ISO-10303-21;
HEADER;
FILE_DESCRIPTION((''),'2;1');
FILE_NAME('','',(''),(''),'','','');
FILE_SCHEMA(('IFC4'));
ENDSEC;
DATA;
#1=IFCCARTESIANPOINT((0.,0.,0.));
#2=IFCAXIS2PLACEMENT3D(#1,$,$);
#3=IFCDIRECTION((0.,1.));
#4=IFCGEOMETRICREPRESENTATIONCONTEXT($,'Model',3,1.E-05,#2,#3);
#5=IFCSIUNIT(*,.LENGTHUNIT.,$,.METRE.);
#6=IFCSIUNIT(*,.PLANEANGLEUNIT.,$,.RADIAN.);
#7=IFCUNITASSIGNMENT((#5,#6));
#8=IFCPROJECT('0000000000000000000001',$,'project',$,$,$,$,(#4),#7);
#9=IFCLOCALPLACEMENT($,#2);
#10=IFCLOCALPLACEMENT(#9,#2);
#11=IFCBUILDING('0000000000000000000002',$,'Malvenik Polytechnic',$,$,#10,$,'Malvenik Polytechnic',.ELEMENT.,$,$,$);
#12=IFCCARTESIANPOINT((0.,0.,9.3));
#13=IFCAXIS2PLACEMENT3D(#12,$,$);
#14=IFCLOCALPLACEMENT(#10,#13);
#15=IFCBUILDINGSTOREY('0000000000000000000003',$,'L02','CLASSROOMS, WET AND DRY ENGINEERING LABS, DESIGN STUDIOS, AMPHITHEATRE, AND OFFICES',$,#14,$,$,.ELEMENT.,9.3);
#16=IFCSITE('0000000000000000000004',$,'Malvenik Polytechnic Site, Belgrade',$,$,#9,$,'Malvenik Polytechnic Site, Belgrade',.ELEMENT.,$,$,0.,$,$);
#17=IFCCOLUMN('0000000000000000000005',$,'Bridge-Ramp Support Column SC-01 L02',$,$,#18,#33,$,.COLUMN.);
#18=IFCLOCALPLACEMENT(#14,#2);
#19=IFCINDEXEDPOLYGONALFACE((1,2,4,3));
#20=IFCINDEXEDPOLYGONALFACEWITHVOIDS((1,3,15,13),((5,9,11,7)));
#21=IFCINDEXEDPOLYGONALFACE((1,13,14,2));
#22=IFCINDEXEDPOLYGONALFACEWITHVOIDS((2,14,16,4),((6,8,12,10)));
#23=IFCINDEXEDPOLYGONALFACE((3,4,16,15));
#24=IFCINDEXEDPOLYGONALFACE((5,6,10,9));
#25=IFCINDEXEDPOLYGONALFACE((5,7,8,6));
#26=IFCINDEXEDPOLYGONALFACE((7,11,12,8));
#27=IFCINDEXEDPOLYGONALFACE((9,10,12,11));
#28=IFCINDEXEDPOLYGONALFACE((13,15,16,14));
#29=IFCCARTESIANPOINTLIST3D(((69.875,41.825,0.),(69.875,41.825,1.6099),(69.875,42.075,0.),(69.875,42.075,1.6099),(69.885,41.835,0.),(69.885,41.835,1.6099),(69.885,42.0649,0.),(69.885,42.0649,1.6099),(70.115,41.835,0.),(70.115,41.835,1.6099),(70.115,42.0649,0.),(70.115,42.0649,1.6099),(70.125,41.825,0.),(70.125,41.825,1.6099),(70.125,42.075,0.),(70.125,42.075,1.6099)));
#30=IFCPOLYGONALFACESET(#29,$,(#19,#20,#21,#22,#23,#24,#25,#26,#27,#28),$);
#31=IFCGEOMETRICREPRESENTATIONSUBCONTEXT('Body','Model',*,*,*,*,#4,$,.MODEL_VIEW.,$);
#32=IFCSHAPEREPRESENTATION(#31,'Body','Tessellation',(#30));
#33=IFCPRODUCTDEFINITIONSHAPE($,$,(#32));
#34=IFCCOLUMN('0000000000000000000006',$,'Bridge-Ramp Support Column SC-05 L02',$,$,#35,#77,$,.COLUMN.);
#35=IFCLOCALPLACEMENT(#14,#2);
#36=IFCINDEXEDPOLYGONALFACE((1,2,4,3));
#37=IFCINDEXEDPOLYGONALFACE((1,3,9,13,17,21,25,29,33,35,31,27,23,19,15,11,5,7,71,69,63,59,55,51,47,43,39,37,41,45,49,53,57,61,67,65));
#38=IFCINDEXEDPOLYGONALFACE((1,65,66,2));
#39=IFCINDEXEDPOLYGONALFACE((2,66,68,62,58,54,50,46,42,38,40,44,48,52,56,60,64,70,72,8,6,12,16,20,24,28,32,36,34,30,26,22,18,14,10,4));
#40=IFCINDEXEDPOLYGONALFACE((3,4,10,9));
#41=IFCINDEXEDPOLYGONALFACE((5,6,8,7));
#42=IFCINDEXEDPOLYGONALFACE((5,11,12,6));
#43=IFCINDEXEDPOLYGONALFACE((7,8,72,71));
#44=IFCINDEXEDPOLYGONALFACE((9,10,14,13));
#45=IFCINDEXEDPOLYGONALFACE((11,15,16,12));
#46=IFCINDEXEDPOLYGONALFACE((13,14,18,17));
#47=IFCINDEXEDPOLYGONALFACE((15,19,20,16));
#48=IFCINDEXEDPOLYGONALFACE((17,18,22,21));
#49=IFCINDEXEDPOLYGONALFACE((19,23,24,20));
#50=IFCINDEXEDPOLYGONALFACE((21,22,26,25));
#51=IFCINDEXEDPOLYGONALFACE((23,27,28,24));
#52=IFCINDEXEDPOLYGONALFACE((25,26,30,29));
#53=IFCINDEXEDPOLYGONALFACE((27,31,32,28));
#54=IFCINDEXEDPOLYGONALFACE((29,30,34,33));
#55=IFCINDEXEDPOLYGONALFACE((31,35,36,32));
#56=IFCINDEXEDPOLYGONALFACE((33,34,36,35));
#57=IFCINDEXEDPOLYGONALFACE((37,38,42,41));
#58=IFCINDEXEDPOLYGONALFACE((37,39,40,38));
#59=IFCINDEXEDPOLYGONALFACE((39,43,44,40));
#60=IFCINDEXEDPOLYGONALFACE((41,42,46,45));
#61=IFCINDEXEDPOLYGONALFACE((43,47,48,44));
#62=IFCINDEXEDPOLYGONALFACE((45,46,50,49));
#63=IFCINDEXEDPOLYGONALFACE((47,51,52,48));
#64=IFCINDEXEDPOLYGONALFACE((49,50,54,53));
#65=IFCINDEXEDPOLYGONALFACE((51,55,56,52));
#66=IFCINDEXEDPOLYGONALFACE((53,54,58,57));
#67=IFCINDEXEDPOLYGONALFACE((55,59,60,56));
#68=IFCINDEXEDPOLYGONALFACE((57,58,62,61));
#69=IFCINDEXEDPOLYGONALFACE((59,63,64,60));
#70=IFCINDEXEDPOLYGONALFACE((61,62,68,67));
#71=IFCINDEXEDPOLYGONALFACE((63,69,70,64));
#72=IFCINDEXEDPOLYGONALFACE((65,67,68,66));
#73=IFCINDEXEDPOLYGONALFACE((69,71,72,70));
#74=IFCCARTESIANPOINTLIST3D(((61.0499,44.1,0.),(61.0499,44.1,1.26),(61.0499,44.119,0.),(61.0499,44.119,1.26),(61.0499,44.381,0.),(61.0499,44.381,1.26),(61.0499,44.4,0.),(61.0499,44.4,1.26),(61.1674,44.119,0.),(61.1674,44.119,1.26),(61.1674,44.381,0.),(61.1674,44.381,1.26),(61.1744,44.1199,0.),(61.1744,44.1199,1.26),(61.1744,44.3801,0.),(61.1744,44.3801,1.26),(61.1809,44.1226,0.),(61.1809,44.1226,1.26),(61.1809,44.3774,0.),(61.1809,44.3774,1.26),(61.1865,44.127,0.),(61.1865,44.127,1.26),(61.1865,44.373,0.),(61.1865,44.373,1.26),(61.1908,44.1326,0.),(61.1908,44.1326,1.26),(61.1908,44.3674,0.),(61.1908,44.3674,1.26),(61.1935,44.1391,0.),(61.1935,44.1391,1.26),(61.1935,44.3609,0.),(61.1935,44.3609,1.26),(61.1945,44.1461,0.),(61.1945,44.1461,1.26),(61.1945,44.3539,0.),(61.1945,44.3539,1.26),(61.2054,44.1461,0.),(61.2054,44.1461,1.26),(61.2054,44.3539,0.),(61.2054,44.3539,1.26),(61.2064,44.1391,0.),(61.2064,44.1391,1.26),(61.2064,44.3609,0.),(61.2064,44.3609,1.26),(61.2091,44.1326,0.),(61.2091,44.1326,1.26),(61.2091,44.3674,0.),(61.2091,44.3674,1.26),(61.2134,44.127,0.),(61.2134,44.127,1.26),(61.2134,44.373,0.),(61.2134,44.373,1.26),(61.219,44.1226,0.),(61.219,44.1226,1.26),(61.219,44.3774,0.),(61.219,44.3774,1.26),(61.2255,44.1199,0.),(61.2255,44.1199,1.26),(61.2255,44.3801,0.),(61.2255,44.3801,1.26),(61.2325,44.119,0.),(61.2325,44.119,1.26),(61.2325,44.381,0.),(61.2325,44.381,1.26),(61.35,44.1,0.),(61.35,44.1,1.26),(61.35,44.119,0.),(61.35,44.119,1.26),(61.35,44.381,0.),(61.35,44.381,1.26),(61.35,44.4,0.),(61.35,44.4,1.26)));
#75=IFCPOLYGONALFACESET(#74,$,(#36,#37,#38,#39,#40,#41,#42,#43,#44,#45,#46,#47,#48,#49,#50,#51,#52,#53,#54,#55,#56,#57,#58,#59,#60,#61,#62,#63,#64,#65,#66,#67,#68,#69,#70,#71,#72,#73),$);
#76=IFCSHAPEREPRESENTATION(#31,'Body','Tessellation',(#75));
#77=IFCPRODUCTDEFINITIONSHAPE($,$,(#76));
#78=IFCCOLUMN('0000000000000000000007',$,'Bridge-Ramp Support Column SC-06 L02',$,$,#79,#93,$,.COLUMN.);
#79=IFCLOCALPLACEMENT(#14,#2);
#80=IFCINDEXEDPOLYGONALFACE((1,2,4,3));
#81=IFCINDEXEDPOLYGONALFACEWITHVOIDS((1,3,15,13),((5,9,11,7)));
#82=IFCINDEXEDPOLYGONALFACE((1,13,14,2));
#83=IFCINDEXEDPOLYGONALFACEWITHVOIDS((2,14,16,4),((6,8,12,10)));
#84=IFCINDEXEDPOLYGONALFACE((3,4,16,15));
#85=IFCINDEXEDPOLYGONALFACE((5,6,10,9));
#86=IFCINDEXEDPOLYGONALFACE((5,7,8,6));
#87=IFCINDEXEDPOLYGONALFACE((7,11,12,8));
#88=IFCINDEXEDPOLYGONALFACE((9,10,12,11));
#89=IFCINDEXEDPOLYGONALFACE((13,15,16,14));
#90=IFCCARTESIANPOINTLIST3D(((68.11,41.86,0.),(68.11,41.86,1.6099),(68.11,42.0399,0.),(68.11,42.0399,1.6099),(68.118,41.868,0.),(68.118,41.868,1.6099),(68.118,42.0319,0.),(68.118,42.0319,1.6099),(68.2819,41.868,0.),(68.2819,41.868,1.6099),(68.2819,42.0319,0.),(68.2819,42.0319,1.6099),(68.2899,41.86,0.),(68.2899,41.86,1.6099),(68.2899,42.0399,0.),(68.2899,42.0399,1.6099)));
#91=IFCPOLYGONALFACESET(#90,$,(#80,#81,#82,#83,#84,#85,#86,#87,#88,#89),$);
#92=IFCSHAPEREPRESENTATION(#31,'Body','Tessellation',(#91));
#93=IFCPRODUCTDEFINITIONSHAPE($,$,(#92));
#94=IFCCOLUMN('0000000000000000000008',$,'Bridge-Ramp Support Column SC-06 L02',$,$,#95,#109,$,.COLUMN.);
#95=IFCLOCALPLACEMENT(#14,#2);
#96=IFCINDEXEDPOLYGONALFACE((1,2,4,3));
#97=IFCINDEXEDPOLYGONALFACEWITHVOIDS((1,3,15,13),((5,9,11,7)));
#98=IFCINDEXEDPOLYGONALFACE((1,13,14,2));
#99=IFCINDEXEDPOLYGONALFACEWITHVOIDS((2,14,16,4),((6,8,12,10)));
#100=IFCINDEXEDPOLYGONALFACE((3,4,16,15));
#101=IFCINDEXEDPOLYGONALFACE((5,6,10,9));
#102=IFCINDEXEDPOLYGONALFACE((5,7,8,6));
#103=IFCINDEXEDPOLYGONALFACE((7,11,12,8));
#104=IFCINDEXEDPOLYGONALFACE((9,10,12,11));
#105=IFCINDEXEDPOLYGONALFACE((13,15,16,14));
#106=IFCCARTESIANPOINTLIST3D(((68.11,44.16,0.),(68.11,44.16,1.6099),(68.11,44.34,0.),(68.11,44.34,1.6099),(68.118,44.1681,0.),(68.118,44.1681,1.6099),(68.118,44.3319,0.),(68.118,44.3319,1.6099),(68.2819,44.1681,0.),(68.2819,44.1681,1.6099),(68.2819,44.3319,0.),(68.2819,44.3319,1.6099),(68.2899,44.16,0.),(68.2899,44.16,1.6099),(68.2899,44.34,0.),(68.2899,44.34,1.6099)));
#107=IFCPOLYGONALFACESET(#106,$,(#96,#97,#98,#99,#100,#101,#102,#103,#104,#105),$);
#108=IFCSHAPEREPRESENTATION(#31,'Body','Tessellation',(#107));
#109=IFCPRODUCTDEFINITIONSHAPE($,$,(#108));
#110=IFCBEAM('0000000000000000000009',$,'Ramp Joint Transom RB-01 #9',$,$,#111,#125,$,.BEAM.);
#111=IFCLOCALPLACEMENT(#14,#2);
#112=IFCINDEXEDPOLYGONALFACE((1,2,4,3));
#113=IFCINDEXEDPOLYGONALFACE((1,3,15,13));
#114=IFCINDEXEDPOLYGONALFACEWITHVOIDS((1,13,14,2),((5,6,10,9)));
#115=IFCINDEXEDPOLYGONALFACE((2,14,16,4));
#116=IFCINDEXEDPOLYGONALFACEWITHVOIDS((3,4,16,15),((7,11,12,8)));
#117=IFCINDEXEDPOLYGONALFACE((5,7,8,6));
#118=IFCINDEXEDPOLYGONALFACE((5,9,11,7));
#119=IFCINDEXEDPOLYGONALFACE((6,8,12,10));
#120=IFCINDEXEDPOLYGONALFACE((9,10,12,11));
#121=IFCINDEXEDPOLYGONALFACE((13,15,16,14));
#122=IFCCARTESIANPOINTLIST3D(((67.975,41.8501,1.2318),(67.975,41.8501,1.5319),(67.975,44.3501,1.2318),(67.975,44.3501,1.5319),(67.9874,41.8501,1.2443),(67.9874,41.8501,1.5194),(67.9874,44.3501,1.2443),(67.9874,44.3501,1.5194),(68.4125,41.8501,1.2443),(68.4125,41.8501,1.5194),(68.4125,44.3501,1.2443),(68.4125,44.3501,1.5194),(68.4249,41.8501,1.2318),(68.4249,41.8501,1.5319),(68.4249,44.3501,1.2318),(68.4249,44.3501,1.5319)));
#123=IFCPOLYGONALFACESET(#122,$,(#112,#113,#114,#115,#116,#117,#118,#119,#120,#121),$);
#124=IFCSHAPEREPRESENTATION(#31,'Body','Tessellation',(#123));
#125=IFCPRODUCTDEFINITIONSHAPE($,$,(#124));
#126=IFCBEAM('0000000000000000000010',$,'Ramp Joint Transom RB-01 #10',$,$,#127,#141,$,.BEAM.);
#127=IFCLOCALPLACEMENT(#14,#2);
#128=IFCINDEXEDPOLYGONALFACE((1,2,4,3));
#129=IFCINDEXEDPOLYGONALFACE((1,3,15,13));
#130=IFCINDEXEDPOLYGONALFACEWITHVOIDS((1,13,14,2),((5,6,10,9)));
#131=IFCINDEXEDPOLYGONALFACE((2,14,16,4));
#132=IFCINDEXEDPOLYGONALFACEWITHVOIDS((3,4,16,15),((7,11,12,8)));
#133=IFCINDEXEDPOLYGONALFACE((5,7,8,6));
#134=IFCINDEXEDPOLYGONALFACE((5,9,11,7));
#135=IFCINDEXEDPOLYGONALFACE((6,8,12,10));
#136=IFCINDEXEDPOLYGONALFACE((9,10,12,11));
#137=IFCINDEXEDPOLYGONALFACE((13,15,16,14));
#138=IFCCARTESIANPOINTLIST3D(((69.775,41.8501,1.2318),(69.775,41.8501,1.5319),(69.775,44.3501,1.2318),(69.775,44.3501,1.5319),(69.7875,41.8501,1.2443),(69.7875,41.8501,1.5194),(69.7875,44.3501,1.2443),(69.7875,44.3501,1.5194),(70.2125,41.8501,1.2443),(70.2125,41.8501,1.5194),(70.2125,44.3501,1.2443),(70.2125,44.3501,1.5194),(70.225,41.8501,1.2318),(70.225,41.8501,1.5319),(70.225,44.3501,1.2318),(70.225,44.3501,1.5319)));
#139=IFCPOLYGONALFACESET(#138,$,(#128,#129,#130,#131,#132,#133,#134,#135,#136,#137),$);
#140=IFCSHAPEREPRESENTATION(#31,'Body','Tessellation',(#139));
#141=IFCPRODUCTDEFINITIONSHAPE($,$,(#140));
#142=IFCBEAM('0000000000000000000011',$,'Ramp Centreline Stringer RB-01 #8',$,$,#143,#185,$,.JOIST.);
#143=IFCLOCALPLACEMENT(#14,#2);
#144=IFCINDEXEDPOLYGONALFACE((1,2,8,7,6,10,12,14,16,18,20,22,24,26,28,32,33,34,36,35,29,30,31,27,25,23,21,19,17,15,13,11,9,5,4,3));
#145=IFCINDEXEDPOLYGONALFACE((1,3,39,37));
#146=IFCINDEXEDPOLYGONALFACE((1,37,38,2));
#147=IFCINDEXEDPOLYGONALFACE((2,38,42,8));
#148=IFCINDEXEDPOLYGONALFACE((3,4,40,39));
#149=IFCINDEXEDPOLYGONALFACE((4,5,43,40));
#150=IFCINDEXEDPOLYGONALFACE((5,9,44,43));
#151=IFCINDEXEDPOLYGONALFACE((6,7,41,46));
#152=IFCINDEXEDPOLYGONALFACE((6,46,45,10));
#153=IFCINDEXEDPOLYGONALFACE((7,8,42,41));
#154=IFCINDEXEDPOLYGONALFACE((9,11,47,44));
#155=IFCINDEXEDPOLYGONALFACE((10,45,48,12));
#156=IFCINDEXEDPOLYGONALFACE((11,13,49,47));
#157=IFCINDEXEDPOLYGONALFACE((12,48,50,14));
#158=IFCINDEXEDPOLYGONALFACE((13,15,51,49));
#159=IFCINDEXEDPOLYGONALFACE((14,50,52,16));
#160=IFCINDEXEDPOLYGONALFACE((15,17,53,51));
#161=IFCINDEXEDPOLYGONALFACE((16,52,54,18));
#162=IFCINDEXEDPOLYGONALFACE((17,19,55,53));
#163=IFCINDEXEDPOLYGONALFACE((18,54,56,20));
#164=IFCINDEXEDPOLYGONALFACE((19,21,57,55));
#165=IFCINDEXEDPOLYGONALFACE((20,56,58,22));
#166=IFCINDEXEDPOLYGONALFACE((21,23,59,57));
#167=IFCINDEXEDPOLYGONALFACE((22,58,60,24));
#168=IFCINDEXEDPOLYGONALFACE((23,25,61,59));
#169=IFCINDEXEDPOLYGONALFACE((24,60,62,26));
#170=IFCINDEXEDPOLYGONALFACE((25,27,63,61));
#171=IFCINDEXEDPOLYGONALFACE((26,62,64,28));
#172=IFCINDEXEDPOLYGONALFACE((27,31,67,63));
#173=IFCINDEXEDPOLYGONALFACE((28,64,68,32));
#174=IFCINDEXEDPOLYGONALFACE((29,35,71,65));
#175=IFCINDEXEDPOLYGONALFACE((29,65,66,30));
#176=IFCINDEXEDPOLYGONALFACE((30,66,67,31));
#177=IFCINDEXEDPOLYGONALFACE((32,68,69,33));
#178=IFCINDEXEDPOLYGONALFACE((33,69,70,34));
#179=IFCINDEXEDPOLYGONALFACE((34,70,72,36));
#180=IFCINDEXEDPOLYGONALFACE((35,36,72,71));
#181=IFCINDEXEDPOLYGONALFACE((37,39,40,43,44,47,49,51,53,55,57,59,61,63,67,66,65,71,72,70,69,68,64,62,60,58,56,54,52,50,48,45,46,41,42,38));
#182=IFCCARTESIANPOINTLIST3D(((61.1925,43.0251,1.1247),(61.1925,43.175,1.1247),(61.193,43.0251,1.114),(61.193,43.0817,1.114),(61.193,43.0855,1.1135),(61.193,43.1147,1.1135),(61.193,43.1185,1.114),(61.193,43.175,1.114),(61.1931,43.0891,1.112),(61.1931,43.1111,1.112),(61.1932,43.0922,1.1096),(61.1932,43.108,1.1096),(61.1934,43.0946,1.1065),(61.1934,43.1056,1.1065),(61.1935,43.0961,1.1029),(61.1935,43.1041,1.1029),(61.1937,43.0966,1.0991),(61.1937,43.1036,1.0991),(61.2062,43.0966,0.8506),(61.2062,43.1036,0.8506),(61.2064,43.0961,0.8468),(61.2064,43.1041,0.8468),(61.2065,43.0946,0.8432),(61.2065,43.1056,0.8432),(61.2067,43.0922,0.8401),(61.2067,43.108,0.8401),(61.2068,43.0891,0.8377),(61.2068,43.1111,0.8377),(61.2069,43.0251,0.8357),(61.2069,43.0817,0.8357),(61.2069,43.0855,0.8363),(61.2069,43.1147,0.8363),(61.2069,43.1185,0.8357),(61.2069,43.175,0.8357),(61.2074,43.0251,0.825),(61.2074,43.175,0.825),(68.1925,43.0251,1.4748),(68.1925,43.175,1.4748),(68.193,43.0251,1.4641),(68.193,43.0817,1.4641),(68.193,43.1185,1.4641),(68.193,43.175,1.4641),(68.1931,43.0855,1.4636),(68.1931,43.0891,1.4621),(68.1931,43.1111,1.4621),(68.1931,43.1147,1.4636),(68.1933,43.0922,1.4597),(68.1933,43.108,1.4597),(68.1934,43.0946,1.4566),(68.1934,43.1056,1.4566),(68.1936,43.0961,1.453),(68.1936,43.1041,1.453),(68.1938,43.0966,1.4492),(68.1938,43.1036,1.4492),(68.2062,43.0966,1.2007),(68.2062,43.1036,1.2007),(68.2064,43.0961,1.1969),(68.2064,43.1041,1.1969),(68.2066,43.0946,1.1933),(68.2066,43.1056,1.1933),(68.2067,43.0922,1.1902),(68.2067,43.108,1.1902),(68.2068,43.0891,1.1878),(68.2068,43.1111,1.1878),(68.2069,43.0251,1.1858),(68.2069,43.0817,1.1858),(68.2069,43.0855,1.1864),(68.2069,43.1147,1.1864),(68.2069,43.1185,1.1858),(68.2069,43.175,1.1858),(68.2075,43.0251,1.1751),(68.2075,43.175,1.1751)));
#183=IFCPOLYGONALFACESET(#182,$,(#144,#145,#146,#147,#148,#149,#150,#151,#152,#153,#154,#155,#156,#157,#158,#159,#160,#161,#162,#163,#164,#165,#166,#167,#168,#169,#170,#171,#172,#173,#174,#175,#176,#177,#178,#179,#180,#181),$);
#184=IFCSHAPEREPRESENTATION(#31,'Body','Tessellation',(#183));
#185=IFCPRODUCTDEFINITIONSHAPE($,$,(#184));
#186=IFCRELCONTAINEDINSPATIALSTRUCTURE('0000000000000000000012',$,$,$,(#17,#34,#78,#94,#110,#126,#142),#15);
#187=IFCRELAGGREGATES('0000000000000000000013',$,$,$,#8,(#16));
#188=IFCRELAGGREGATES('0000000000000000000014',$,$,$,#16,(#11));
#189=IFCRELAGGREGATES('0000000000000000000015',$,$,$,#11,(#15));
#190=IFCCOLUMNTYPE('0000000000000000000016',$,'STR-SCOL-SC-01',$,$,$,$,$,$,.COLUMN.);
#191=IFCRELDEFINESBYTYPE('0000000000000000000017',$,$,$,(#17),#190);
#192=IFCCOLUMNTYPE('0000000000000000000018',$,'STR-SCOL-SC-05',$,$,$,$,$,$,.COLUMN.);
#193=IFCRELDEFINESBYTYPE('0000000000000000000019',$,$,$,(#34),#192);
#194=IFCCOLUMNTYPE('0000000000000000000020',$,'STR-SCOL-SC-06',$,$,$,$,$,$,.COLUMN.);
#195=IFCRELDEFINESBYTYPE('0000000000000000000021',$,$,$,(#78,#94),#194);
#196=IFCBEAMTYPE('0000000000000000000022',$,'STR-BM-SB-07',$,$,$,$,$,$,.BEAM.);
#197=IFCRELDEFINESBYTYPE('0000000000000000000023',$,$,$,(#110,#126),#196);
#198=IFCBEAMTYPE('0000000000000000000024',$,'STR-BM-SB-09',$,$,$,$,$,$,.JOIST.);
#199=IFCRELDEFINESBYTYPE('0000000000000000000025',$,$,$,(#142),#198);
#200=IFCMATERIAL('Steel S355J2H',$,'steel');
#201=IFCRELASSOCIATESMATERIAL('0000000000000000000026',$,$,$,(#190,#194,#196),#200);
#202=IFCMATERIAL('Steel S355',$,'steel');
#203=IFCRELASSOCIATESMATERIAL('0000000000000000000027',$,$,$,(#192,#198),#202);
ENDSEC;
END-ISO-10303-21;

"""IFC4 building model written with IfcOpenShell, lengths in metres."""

from ifc_helpers import new_model, si_unit, direction, frame, origin, origin_2d, place, context, subcontext, project, spatial, hollow_rectangle, i_section, extrude, material, material_profile, profile_set, type_object, element, save


model = new_model("IFC4")

# Units and contexts
model_context = context("Model", 3, precision=1e-05, world=origin(), true_north=direction((0.0, 1.0)))
body_context = subcontext(model_context, "Body", "Model", "MODEL_VIEW")
ifc_project = project(units=[si_unit("LENGTHUNIT", "METRE"), si_unit("PLANEANGLEUNIT", "RADIAN")], contexts=[model_context])

# Site, building, storey
site_placement = place(None, origin())
site = spatial("IfcSite", under=ifc_project, at=site_placement, Name="Malvenik Polytechnic Site, Belgrade", LongName="Malvenik Polytechnic Site, Belgrade", CompositionType="ELEMENT", RefElevation=0.0)
building_placement = place(site_placement, origin())
building = spatial("IfcBuilding", under=site, at=building_placement, Name="Malvenik Polytechnic", LongName="Malvenik Polytechnic", CompositionType="ELEMENT")
storey_placement = place(building_placement, frame((0.0, 0.0, 9.3)))
storey = spatial("IfcBuildingStorey", under=building, at=storey_placement, Name="L02", Description="CLASSROOMS, WET AND DRY ENGINEERING LABS, DESIGN STUDIOS, AMPHITHEATRE, AND OFFICES", CompositionType="ELEMENT", Elevation=9.3)

# Columns
ifc_material_1 = material(Name="Steel S355J2H", Category="steel")
ifc_material_profile_1 = material_profile(ifc_material_1, hollow_rectangle(XDim=0.25, YDim=0.25, WallThickness=0.01, at=origin_2d()), Name="SHS 250x250x10.0")
ifc_profile_set_1 = profile_set([ifc_material_profile_1], Name="Steel S355J2H")
column_type_1 = type_object("IfcColumnType", Name="STR-SCOL-SC-01", PredefinedType="COLUMN", material=ifc_profile_set_1)
column_1_placement = place(storey_placement, frame((70.0, 41.95, 0.0), z_axis=(0.0, 0.0, 1.0), x_axis=(1.0, 0.0, 0.0)))
element("IfcColumn", 1, at=column_1_placement, inside=storey, type_object=column_type_1, Name="Bridge-Ramp Support Column SC-01 L02", PredefinedType="COLUMN", context=body_context, shape_type="SweptSolid", body=[
    extrude(hollow_rectangle(XDim=0.25, YDim=0.25, WallThickness=0.01, at=origin_2d()), origin(), (0.0, 0.0, 1.0), 1.6099),
])
ifc_material_2 = material(Name="Steel S355", Category="steel")
ifc_material_profile_2 = material_profile(ifc_material_2, i_section(OverallWidth=0.3, OverallDepth=0.3, WebThickness=0.011, FlangeThickness=0.019, FilletRadius=0.0271, at=origin_2d()), Name="HEB 300")
ifc_profile_set_2 = profile_set([ifc_material_profile_2], Name="Steel S355")
column_type_2 = type_object("IfcColumnType", Name="STR-SCOL-SC-05", PredefinedType="COLUMN", material=ifc_profile_set_2)
column_2_placement = place(storey_placement, frame((61.2, 44.25, 0.0), z_axis=(0.0, 0.0, 1.0), x_axis=(1.0, 0.0, 0.0)))
element("IfcColumn", 2, at=column_2_placement, inside=storey, type_object=column_type_2, Name="Bridge-Ramp Support Column SC-05 L02", PredefinedType="COLUMN", context=body_context, shape_type="SweptSolid", body=[
    extrude(i_section(OverallWidth=0.3, OverallDepth=0.3, WebThickness=0.011, FlangeThickness=0.019, FilletRadius=0.0271, at=origin_2d()), origin(), (0.0, 0.0, 1.0), 1.26),
])
ifc_material_profile_3 = material_profile(ifc_material_1, hollow_rectangle(XDim=0.1799, YDim=0.1799, WallThickness=0.0081, at=origin_2d()), Name="SHS 180x180x8.0")
ifc_profile_set_3 = profile_set([ifc_material_profile_3], Name="Steel S355J2H")
column_type_3 = type_object("IfcColumnType", Name="STR-SCOL-SC-06", PredefinedType="COLUMN", material=ifc_profile_set_3)
for number, where, z_axis, x_axis, name in (
    (3, (68.2, 41.95, 0.0), (0.0, 0.0, 1.0), (1.0, 0.0, 0.0), "Bridge-Ramp Support Column SC-06 L02"),
    (4, (68.2, 44.25, 0.0), (0.0, 0.0, 1.0), (1.0, 0.0, 0.0), "Bridge-Ramp Support Column SC-06 L02"),
):
    element("IfcColumn", number, at=place(storey_placement, frame(where, z_axis=z_axis, x_axis=x_axis)), inside=storey, type_object=column_type_3, Name=name, PredefinedType="COLUMN", context=body_context, shape_type="SweptSolid", body=[
        extrude(hollow_rectangle(XDim=0.1799, YDim=0.1799, WallThickness=0.0081, at=origin_2d()), origin(), (0.0, 0.0, 1.0), 1.6099),
    ])

# Beams
ifc_material_profile_4 = material_profile(ifc_material_1, hollow_rectangle(XDim=0.45, YDim=0.3, WallThickness=0.0125, at=origin_2d()), Name="RHS 450x300x12.5")
ifc_profile_set_4 = profile_set([ifc_material_profile_4], Name="Steel S355J2H")
beam_type_1 = type_object("IfcBeamType", Name="STR-BM-SB-07", PredefinedType="BEAM", material=ifc_profile_set_4)
for number, where, z_axis, x_axis, name in (
    (5, (68.2, 41.8501, 1.3818), (0.0, 1.0, 0.0), (-1.0, 0.0, 0.0), "Ramp Joint Transom RB-01 #9"),
    (6, (70.0, 41.8501, 1.3818), (0.0, 1.0, 0.0), (-1.0, 0.0, 0.0), "Ramp Joint Transom RB-01 #10"),
):
    element("IfcBeam", number, at=place(storey_placement, frame(where, z_axis=z_axis, x_axis=x_axis)), inside=storey, type_object=beam_type_1, Name=name, PredefinedType="BEAM", context=body_context, shape_type="SweptSolid", body=[
        extrude(hollow_rectangle(XDim=0.45, YDim=0.3, WallThickness=0.0125, at=origin_2d()), origin(), (0.0, 0.0, 1.0), 2.5),
    ])
ifc_material_profile_5 = material_profile(ifc_material_2, i_section(OverallWidth=0.1499, OverallDepth=0.3, WebThickness=0.0071, FlangeThickness=0.0107, FilletRadius=0.0149, at=origin_2d()), Name="IPE 300")
ifc_profile_set_5 = profile_set([ifc_material_profile_5], Name="Steel S355")
beam_type_2 = type_object("IfcBeamType", Name="STR-BM-SB-09", PredefinedType="JOIST", material=ifc_profile_set_5)
for number, where, z_axis, x_axis, name in (
    (7, (61.2, 43.1001, 0.9749), (0.998752, 0.0, 0.049952), (0.0, 1.0, 0.0), "Ramp Centreline Stringer RB-01 #8"),
):
    element("IfcBeam", number, at=place(storey_placement, frame(where, z_axis=z_axis, x_axis=x_axis)), inside=storey, type_object=beam_type_2, Name=name, PredefinedType="JOIST", context=body_context, shape_type="SweptSolid", body=[
        extrude(i_section(OverallWidth=0.1499, OverallDepth=0.3, WebThickness=0.0071, FlangeThickness=0.0107, FilletRadius=0.0149, at=origin_2d()), origin(), (0.0, 0.0, 1.0), 7.0088),
    ])

save(model, "model.ifc")
